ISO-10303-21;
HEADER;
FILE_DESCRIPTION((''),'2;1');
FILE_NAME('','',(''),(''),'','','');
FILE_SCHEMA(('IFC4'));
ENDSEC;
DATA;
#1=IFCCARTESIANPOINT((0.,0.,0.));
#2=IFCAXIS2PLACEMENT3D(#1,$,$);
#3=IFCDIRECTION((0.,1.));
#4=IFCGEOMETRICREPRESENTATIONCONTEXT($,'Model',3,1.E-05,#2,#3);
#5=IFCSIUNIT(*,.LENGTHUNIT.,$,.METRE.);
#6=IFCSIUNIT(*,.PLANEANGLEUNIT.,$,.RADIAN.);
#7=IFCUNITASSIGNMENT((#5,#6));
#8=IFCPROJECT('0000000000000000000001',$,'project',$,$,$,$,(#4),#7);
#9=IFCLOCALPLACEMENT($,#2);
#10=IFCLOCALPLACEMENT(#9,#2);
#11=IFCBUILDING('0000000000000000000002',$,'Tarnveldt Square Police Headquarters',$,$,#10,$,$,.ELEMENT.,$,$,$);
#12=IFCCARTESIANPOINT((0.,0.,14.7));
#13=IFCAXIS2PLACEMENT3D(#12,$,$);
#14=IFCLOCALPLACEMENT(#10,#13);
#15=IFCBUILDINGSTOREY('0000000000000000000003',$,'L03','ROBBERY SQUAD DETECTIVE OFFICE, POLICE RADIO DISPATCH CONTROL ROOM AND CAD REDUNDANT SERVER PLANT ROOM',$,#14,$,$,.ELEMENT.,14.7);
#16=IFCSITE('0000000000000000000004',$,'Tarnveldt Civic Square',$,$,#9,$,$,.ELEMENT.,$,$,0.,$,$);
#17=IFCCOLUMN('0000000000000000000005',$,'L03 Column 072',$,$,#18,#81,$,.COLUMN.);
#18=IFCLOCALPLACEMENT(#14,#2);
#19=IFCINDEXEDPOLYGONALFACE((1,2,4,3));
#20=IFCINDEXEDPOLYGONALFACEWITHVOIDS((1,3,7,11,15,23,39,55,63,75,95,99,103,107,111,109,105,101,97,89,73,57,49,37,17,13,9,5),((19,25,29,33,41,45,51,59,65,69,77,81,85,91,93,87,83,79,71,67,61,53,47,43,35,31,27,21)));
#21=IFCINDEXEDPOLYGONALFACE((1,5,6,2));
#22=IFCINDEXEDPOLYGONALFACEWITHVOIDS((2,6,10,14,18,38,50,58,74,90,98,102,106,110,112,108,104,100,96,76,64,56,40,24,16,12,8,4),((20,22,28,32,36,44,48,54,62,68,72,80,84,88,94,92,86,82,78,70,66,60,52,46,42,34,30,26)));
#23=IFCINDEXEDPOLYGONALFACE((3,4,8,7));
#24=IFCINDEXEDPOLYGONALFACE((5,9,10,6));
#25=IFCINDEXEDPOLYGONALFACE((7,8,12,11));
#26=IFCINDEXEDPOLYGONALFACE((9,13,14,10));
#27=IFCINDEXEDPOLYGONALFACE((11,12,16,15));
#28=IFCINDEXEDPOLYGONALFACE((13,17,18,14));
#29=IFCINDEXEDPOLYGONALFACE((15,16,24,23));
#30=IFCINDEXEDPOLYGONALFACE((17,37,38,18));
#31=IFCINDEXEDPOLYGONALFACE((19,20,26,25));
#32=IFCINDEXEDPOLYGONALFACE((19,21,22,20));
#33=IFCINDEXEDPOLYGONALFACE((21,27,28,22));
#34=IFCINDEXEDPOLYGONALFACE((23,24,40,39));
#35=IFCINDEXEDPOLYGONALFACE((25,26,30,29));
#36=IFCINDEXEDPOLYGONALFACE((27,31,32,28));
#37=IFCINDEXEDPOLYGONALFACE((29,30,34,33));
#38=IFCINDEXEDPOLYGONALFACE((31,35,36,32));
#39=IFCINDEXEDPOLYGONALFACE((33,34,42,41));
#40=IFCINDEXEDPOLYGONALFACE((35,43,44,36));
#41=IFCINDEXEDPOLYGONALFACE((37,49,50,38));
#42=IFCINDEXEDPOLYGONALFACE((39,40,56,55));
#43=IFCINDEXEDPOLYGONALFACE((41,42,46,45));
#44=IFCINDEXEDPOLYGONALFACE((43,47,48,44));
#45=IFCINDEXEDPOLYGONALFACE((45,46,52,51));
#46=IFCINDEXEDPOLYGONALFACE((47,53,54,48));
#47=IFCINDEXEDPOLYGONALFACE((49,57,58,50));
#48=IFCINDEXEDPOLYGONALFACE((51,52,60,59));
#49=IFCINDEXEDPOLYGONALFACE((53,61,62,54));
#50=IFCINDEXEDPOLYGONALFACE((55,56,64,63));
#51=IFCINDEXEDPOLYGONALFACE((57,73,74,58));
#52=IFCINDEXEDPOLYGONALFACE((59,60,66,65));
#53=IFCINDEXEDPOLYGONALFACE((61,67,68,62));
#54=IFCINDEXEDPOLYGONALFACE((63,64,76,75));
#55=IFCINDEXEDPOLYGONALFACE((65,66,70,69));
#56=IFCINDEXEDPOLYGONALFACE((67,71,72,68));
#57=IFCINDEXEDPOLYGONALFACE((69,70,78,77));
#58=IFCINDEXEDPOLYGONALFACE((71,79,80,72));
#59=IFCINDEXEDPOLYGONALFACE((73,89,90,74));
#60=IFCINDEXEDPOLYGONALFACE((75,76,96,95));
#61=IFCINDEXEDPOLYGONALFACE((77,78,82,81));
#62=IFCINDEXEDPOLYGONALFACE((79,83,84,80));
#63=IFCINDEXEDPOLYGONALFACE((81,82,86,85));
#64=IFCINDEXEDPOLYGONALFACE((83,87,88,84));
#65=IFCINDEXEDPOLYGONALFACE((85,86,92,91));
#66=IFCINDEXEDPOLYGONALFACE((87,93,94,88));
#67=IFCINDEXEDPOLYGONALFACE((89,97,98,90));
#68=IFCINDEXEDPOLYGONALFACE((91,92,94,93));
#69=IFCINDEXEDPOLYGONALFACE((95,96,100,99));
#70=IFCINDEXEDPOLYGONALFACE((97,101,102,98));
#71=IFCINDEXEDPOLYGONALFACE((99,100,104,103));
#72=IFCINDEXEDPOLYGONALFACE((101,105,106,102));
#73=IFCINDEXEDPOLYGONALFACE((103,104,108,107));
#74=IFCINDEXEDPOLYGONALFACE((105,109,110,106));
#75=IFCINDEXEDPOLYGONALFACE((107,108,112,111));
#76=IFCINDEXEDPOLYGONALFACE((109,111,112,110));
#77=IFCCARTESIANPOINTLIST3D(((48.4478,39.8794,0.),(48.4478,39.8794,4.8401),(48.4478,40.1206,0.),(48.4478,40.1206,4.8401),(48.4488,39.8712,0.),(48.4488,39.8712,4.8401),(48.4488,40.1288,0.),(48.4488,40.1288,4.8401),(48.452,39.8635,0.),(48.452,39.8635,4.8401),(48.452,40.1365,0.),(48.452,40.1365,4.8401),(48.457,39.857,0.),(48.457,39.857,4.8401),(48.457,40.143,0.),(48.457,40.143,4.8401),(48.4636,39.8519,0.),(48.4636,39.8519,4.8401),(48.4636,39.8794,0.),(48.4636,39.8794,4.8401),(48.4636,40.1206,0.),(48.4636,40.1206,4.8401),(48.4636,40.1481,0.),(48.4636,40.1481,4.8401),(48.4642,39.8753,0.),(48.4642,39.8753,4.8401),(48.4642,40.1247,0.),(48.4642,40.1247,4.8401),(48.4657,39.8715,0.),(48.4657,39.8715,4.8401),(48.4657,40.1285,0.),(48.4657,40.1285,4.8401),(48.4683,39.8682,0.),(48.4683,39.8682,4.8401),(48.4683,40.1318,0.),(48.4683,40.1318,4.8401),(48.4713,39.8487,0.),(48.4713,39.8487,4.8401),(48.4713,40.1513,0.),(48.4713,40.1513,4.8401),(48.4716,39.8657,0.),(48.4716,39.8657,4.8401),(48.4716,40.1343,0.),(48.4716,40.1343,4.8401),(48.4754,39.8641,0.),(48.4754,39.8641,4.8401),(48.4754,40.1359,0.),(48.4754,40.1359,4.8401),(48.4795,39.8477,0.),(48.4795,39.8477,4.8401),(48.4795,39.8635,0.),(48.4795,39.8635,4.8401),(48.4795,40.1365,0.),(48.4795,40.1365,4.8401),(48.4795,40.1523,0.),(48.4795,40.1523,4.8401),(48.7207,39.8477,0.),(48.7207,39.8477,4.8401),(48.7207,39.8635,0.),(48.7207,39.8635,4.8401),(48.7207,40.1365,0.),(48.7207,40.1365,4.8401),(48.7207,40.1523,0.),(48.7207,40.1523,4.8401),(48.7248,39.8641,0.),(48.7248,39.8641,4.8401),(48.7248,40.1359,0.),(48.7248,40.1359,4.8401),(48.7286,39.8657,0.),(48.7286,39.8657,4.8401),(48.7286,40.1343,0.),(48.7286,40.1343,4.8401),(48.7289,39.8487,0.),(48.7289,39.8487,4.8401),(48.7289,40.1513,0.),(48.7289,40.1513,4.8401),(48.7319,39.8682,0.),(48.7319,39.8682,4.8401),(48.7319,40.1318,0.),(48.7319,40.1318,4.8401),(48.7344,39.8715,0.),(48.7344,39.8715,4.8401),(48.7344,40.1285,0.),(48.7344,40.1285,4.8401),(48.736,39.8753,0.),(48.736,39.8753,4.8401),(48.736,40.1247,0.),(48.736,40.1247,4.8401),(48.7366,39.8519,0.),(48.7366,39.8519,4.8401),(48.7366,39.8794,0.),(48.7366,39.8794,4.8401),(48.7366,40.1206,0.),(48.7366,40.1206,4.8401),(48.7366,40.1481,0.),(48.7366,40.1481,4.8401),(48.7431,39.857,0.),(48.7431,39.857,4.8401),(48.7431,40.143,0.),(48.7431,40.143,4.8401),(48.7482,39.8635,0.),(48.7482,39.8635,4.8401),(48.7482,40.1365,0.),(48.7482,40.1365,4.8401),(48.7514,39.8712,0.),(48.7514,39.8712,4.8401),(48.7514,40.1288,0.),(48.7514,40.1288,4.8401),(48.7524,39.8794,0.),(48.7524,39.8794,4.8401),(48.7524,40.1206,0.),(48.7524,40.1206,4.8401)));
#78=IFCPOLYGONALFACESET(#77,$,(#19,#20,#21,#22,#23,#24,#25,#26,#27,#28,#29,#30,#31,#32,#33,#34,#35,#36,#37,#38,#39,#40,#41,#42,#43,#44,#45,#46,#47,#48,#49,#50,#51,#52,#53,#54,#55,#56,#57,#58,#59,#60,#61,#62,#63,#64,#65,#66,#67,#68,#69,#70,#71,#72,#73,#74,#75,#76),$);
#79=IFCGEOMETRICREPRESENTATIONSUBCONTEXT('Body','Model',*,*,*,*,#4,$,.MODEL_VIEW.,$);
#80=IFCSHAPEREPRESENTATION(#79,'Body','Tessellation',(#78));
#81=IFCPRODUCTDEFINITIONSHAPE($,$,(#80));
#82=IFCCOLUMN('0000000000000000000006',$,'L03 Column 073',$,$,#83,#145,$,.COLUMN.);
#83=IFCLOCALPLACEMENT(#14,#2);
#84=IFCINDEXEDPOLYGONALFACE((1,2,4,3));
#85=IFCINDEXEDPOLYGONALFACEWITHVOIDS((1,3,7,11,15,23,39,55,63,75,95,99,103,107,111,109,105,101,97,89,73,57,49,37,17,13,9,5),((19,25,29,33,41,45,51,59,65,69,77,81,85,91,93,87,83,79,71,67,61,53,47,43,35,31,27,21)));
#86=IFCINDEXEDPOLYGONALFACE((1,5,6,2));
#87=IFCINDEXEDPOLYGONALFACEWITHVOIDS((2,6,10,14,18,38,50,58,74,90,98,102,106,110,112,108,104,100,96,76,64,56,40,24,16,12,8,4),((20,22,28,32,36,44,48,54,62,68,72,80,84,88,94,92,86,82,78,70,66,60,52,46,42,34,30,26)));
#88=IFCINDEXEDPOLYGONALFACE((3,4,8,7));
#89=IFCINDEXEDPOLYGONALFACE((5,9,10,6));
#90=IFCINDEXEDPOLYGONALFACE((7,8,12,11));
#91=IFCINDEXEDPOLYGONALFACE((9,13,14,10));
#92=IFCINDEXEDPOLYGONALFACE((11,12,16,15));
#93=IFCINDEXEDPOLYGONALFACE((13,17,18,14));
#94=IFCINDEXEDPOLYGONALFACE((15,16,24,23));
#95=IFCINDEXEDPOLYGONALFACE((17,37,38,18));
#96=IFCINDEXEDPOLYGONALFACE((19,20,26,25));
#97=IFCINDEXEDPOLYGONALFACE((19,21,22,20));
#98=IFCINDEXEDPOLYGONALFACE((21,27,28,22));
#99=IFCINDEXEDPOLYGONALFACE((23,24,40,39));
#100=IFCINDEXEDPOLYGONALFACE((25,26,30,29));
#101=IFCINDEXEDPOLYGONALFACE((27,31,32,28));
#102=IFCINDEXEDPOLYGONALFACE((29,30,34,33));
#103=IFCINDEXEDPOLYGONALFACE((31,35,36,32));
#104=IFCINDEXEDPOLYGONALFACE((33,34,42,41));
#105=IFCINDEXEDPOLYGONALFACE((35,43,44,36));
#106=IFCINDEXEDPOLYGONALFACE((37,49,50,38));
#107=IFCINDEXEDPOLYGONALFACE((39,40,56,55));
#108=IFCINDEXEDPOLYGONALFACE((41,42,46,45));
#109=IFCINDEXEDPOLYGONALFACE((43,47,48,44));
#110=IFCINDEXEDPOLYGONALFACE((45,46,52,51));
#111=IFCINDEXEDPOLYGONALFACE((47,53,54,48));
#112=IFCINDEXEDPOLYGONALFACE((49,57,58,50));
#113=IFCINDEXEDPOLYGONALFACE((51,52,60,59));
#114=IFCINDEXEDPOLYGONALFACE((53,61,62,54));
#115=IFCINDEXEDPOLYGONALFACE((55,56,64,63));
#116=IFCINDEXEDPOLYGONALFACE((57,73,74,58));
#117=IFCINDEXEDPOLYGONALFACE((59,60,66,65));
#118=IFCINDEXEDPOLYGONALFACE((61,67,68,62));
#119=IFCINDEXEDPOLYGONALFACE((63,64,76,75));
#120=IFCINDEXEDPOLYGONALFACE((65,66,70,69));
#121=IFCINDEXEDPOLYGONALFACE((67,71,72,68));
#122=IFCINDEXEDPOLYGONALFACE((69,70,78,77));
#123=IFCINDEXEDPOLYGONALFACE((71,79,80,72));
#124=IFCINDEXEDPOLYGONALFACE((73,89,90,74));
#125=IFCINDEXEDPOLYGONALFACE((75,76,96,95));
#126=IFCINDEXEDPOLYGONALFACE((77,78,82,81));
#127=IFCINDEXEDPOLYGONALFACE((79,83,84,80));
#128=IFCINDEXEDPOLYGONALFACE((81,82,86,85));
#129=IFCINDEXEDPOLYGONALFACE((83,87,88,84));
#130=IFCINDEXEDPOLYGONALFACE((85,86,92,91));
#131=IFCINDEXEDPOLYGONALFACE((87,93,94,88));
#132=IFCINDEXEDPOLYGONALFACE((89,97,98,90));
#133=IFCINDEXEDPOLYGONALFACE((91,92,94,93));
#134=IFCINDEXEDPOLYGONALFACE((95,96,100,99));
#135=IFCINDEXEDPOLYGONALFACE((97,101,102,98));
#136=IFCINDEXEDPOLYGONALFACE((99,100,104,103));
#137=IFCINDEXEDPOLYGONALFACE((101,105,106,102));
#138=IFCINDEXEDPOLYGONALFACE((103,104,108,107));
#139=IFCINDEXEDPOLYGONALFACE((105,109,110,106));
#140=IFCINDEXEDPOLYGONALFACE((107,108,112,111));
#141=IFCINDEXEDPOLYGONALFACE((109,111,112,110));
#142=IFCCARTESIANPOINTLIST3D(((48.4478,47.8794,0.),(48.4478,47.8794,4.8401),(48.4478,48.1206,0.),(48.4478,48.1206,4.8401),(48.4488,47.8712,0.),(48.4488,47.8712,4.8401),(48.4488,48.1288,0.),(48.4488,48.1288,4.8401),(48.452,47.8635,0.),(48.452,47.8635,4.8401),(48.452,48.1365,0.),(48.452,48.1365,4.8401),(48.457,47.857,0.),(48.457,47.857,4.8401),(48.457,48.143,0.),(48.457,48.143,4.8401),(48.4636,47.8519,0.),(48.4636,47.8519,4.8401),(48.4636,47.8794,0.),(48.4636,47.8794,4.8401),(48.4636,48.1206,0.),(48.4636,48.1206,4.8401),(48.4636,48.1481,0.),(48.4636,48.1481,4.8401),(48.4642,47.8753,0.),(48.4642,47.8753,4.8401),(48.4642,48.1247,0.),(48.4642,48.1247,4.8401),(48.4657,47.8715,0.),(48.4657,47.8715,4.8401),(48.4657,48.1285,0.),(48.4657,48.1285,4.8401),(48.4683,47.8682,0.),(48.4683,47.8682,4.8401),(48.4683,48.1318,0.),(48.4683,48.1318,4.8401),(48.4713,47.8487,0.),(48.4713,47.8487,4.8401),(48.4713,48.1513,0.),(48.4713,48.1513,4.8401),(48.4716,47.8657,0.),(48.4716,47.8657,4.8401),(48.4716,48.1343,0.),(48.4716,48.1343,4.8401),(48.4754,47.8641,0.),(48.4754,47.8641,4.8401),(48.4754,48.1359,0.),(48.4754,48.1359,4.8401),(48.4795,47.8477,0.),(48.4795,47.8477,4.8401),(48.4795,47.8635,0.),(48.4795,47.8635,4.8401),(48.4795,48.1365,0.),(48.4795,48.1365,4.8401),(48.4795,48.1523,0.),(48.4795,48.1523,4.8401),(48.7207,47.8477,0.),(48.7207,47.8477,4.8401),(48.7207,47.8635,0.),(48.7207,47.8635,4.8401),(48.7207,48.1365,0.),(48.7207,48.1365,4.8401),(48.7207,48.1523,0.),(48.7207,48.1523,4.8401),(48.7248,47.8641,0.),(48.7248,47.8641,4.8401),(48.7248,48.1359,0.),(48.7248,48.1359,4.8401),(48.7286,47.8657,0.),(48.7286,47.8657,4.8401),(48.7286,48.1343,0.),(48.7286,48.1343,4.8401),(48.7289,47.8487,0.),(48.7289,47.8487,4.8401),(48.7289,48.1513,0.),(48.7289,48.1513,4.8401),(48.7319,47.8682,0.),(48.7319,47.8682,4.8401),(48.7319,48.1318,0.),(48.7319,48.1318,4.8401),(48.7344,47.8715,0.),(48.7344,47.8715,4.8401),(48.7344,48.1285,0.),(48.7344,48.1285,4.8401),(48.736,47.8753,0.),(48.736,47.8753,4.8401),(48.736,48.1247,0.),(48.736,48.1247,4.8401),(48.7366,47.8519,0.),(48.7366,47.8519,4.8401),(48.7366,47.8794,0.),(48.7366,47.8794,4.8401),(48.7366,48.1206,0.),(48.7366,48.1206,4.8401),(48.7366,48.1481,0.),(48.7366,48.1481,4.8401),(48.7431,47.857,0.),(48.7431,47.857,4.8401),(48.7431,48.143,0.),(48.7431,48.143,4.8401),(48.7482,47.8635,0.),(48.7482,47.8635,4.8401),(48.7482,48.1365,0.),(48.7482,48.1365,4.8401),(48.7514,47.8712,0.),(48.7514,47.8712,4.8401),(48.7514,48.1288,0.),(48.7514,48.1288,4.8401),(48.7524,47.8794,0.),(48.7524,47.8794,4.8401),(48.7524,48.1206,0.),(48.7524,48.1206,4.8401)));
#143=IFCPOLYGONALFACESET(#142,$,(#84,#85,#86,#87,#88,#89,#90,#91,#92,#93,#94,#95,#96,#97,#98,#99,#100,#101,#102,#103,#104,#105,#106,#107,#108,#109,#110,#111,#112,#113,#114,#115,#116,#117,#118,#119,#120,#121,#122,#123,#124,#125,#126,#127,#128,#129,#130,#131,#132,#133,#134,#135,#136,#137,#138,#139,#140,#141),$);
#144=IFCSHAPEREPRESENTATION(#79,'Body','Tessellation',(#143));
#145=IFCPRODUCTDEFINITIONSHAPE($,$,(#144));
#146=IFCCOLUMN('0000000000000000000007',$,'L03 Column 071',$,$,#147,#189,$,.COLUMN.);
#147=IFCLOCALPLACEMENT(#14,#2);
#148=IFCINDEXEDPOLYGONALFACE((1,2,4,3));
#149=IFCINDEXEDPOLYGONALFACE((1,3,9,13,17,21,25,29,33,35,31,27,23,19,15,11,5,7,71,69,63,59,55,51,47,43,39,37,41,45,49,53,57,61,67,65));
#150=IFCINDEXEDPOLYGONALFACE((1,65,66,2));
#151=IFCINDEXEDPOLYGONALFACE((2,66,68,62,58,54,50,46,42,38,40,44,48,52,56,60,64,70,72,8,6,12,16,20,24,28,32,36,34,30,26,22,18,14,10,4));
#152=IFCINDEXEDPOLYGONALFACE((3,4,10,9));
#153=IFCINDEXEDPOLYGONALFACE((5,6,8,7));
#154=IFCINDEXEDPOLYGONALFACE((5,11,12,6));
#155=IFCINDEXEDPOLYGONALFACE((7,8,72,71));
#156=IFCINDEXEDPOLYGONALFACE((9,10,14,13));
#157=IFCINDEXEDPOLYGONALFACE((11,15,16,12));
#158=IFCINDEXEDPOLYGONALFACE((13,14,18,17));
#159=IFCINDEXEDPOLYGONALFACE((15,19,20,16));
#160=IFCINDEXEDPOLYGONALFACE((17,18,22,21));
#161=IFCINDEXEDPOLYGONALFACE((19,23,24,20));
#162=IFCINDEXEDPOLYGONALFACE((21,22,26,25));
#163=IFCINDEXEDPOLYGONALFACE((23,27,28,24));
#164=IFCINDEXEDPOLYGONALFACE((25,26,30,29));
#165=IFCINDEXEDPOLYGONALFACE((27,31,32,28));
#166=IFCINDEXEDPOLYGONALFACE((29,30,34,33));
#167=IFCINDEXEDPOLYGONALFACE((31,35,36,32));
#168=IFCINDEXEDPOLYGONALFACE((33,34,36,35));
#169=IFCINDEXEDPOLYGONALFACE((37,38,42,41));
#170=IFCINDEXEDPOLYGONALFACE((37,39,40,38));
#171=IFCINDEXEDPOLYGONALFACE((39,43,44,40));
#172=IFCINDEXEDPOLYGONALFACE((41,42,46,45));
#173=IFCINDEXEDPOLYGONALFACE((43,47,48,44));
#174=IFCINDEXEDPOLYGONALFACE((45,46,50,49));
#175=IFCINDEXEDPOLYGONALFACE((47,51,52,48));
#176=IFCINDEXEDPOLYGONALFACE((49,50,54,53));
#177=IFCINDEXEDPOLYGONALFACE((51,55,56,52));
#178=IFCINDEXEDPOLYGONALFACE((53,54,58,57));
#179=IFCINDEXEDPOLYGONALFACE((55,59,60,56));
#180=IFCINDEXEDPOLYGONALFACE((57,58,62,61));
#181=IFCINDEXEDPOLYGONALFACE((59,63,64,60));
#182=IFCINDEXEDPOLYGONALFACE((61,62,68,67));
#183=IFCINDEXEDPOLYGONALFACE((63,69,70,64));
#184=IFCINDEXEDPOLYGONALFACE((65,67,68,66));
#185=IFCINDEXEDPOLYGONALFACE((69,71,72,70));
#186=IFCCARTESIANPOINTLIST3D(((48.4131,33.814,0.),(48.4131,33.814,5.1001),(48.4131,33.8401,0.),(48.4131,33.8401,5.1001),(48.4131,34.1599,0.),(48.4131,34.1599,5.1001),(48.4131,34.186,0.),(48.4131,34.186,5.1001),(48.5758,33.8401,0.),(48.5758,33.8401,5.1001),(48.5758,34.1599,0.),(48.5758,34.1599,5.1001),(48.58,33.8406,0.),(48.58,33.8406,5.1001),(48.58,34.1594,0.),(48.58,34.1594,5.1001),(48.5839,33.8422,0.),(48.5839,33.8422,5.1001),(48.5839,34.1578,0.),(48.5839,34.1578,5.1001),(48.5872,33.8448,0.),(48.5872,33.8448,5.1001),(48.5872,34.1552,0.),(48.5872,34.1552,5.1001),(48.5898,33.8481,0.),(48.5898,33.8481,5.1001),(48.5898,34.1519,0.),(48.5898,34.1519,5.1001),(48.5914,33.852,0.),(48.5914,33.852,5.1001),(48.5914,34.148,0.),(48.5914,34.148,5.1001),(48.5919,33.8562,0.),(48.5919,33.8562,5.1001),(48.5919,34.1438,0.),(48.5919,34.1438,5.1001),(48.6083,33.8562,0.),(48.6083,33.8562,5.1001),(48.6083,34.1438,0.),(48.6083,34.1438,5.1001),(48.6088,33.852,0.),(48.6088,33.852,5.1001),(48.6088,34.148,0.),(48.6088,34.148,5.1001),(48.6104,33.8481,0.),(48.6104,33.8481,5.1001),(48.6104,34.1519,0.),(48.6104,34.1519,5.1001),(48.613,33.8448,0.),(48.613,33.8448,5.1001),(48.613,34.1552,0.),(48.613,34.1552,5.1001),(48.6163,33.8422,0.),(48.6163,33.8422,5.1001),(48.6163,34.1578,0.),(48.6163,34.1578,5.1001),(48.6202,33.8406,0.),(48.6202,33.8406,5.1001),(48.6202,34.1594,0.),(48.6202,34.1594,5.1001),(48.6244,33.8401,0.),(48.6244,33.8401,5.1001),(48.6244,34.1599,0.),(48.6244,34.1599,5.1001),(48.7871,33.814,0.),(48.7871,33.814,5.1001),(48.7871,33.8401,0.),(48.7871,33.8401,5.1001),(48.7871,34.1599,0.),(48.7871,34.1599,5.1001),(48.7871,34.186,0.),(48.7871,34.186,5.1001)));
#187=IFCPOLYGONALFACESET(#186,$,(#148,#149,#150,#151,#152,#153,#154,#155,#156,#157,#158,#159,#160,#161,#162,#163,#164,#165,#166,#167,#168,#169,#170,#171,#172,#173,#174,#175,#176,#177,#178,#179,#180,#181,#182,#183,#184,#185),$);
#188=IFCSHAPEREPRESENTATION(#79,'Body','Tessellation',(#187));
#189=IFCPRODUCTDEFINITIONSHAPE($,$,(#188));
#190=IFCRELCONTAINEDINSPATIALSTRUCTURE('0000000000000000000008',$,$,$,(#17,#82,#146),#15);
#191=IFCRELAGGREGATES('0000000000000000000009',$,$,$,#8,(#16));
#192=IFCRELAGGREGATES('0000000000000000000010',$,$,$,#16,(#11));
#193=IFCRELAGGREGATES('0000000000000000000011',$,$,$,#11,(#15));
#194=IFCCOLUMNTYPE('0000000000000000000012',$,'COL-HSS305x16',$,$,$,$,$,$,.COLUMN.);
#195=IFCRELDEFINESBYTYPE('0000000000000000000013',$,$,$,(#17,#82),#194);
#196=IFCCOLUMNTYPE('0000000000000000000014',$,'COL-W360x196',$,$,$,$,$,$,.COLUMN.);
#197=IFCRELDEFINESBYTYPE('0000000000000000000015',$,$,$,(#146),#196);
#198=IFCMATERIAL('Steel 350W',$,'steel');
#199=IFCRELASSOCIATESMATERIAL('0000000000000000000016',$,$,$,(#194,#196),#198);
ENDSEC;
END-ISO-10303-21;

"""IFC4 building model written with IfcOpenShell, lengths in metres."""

from ifc_helpers import new_model, si_unit, direction, frame, origin, origin_2d, place, context, subcontext, project, spatial, hollow_rectangle, i_section, extrude, material, material_profile, profile_set, type_object, element, save


model = new_model("IFC4")

# Units and contexts
model_context = context("Model", 3, precision=1e-05, world=origin(), true_north=direction((0.0, 1.0)))
body_context = subcontext(model_context, "Body", "Model", "MODEL_VIEW")
ifc_project = project(units=[si_unit("LENGTHUNIT", "METRE"), si_unit("PLANEANGLEUNIT", "RADIAN")], contexts=[model_context])

# Site, building, storey
site_placement = place(None, origin())
site = spatial("IfcSite", under=ifc_project, at=site_placement, Name="Tarnveldt Civic Square", CompositionType="ELEMENT", RefElevation=0.0)
building_placement = place(site_placement, origin())
building = spatial("IfcBuilding", under=site, at=building_placement, Name="Tarnveldt Square Police Headquarters", CompositionType="ELEMENT")
storey_placement = place(building_placement, frame((0.0, 0.0, 14.7)))
storey = spatial("IfcBuildingStorey", under=building, at=storey_placement, Name="L03", Description="ROBBERY SQUAD DETECTIVE OFFICE, POLICE RADIO DISPATCH CONTROL ROOM AND CAD REDUNDANT SERVER PLANT ROOM", CompositionType="ELEMENT", Elevation=14.7)

# Columns
ifc_material_1 = material(Name="Steel 350W", Category="steel")
ifc_material_profile_1 = material_profile(ifc_material_1, hollow_rectangle(XDim=0.3047, YDim=0.3047, WallThickness=0.0159, InnerFilletRadius=0.0159, OuterFilletRadius=0.0317, at=origin_2d()), Name="HSS305x305x16")
ifc_profile_set_1 = profile_set([ifc_material_profile_1], Name="Steel 350W")
column_type_1 = type_object("IfcColumnType", Name="COL-HSS305x16", PredefinedType="COLUMN", material=ifc_profile_set_1)
for number, where, z_axis, x_axis, name in (
    (1, (48.6001, 40.0, 0.0), (0.0, 0.0, 1.0), (1.0, 0.0, 0.0), "L03 Column 072"),
    (2, (48.6001, 48.0, 0.0), (0.0, 0.0, 1.0), (1.0, 0.0, 0.0), "L03 Column 073"),
):
    element("IfcColumn", number, at=place(storey_placement, frame(where, z_axis=z_axis, x_axis=x_axis)), inside=storey, type_object=column_type_1, Name=name, PredefinedType="COLUMN", context=body_context, shape_type="SweptSolid", body=[
        extrude(hollow_rectangle(XDim=0.3047, YDim=0.3047, WallThickness=0.0159, InnerFilletRadius=0.0159, OuterFilletRadius=0.0317, at=origin_2d()), origin(), (0.0, 0.0, 1.0), 4.8401),
    ])
ifc_material_profile_2 = material_profile(ifc_material_1, i_section(OverallWidth=0.374, OverallDepth=0.3721, WebThickness=0.0164, FlangeThickness=0.0261, FilletRadius=0.0161, at=origin_2d()), Name="W360x196")
ifc_profile_set_2 = profile_set([ifc_material_profile_2], Name="Steel 350W")
column_type_2 = type_object("IfcColumnType", Name="COL-W360x196", PredefinedType="COLUMN", material=ifc_profile_set_2)
column_placement = place(storey_placement, frame((48.6001, 34.0, 0.0), z_axis=(0.0, 0.0, 1.0), x_axis=(1.0, 0.0, 0.0)))
element("IfcColumn", 3, at=column_placement, inside=storey, type_object=column_type_2, Name="L03 Column 071", PredefinedType="COLUMN", context=body_context, shape_type="SweptSolid", body=[
    extrude(i_section(OverallWidth=0.374, OverallDepth=0.3721, WebThickness=0.0164, FlangeThickness=0.0261, FilletRadius=0.0161, at=origin_2d()), origin(), (0.0, 0.0, 1.0), 5.1001),
])

save(model, "model.ifc")
